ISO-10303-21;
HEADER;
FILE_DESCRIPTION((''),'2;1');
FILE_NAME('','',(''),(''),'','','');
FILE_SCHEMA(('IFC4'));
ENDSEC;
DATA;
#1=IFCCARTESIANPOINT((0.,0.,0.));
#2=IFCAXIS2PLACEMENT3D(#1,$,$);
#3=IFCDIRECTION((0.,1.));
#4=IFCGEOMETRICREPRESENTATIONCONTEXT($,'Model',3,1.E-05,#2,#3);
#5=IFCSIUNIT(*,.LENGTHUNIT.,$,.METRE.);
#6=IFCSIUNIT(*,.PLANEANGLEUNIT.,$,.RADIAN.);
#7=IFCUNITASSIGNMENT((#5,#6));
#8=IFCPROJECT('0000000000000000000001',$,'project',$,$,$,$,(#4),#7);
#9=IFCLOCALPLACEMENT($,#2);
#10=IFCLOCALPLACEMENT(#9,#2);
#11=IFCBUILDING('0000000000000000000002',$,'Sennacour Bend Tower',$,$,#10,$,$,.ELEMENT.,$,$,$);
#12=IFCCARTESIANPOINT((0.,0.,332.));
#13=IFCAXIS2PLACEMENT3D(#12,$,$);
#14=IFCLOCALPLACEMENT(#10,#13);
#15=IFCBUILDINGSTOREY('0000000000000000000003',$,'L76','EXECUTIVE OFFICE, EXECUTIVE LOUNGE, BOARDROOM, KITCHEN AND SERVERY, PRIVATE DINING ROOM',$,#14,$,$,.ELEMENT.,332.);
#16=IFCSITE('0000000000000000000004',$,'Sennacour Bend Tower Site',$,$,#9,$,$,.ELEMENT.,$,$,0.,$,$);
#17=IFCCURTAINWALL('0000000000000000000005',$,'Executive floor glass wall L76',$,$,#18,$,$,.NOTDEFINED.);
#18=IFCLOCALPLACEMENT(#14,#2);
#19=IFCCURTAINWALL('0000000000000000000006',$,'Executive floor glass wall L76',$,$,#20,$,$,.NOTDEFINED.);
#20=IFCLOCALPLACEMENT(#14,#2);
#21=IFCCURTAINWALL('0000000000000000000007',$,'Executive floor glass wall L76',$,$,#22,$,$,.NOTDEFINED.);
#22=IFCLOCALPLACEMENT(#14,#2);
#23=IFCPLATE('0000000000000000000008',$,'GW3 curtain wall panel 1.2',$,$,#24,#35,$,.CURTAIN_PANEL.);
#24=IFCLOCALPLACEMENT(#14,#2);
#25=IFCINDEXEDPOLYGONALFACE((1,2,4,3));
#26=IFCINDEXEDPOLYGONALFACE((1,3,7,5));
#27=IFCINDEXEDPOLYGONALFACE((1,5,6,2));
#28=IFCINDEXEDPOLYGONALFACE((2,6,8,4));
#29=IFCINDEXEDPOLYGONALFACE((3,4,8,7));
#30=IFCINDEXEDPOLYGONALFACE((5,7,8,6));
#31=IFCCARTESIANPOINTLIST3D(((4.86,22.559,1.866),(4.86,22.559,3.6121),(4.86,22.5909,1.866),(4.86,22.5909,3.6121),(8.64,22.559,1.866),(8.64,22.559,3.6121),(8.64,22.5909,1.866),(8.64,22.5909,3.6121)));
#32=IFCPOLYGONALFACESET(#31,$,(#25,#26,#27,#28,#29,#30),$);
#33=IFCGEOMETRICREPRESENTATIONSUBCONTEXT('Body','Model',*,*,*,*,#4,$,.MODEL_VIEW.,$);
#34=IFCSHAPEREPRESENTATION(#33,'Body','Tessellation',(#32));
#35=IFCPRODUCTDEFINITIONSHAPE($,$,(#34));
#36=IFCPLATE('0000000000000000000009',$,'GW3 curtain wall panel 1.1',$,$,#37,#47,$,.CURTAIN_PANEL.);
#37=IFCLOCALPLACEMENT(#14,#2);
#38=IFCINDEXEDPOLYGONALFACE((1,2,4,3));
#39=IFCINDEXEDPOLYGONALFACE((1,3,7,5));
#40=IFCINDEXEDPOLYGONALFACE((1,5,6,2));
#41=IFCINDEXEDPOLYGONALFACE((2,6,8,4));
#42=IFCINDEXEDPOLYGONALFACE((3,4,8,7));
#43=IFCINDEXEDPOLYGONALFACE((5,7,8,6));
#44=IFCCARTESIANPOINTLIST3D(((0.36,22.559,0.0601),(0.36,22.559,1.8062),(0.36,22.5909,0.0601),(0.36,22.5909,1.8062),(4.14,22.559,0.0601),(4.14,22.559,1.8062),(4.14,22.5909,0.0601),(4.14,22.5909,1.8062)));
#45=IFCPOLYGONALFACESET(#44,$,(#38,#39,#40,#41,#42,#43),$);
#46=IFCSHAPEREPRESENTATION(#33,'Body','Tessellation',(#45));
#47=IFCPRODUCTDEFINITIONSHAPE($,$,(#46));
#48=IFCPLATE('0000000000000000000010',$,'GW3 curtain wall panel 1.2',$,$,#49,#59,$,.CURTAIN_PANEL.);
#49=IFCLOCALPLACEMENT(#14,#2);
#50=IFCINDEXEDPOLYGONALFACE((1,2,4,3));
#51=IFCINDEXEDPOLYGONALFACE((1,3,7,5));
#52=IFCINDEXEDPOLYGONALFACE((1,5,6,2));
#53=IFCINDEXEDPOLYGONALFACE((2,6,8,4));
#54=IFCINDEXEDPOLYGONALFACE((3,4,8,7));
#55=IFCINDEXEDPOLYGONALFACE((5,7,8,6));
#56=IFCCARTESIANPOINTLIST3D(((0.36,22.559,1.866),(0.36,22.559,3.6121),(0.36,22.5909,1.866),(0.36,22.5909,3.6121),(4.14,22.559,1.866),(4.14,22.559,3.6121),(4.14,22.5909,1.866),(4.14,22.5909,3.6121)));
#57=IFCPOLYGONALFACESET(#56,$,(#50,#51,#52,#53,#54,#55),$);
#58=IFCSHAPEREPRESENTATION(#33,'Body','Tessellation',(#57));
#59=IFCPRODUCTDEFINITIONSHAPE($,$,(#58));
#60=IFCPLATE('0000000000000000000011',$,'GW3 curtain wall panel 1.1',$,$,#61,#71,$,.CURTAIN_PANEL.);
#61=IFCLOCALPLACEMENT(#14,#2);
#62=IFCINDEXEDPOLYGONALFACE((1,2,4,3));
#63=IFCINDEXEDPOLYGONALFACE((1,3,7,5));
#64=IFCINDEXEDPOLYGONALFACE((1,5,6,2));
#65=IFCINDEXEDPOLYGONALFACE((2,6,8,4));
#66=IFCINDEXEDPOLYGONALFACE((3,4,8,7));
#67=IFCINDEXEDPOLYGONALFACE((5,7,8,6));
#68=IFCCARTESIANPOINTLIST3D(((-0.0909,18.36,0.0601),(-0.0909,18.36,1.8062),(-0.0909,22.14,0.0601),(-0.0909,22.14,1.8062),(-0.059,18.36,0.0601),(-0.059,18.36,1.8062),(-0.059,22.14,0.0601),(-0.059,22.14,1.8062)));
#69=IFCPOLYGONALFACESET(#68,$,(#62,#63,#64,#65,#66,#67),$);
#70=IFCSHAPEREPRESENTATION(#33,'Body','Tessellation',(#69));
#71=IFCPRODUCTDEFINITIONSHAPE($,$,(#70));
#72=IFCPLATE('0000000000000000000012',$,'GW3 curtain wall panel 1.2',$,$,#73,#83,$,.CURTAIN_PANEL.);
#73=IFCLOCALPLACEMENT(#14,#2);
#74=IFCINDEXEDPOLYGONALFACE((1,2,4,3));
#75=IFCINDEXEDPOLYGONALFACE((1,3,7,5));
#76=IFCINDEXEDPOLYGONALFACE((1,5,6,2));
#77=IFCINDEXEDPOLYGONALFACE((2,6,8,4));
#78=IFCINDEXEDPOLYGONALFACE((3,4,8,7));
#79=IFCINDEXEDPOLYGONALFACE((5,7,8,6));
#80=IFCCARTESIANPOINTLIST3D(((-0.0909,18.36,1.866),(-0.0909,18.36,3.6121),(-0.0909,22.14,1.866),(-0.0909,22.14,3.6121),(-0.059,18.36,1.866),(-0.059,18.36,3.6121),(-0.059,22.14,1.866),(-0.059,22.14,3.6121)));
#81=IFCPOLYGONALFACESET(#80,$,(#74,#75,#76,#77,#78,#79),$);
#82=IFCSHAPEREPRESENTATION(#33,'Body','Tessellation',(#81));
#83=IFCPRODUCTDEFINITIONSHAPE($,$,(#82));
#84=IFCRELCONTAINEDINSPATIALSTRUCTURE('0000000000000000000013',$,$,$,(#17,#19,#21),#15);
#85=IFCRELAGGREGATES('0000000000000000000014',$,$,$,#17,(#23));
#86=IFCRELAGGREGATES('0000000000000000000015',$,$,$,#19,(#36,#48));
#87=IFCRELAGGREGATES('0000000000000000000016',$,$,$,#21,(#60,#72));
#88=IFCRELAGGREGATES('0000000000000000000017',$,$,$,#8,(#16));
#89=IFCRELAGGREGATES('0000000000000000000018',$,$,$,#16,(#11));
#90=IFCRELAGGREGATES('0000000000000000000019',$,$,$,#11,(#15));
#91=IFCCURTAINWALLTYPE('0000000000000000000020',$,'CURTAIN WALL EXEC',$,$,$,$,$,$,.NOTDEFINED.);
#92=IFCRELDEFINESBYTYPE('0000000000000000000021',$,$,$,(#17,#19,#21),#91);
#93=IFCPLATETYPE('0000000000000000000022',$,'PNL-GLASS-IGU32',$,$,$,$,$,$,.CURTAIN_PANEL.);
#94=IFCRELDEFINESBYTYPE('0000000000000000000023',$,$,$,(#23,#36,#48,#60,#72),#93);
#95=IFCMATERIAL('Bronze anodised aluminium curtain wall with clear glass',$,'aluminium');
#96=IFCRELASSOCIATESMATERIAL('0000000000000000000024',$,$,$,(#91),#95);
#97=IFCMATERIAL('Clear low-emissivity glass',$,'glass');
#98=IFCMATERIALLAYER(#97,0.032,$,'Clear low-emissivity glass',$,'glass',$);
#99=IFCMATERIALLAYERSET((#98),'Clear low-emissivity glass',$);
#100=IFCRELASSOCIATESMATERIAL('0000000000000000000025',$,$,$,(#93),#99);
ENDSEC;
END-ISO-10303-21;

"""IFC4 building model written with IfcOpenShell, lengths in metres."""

from ifc_helpers import new_model, si_unit, direction, frame, origin, origin_2d, place, context, subcontext, project, spatial, rectangle, extrude, material, layer, layer_set, type_object, element, aggregate, save


model = new_model("IFC4")

# Units and contexts
model_context = context("Model", 3, precision=1e-05, world=origin(), true_north=direction((0.0, 1.0)))
body_context = subcontext(model_context, "Body", "Model", "MODEL_VIEW")
ifc_project = project(units=[si_unit("LENGTHUNIT", "METRE"), si_unit("PLANEANGLEUNIT", "RADIAN")], contexts=[model_context])

# Site, building, storey
site_placement = place(None, origin())
site = spatial("IfcSite", under=ifc_project, at=site_placement, Name="Sennacour Bend Tower Site", CompositionType="ELEMENT", RefElevation=0.0)
building_placement = place(site_placement, origin())
building = spatial("IfcBuilding", under=site, at=building_placement, Name="Sennacour Bend Tower", CompositionType="ELEMENT")
storey_placement = place(building_placement, frame((0.0, 0.0, 332.0)))
storey = spatial("IfcBuildingStorey", under=building, at=storey_placement, Name="L76", Description="EXECUTIVE OFFICE, EXECUTIVE LOUNGE, BOARDROOM, KITCHEN AND SERVERY, PRIVATE DINING ROOM", CompositionType="ELEMENT", Elevation=332.0)

# Curtain wall
ifc_material_1 = material(Name="Bronze anodised aluminium curtain wall with clear glass", Category="aluminium")
curtain_wall_type = type_object("IfcCurtainWallType", Name="CURTAIN WALL EXEC", PredefinedType="NOTDEFINED", material=ifc_material_1)
curtain_wall_1_placement = place(storey_placement, origin())
curtain_wall_1 = element("IfcCurtainWall", 1, at=curtain_wall_1_placement, inside=storey, type_object=curtain_wall_type, Name="Executive floor glass wall L76", PredefinedType="NOTDEFINED")

# Curtain walls
curtain_wall_2_placement = place(storey_placement, origin())
curtain_wall_2 = element("IfcCurtainWall", 2, at=curtain_wall_2_placement, inside=storey, type_object=curtain_wall_type, Name="Executive floor glass wall L76", PredefinedType="NOTDEFINED")
curtain_wall_3_placement = place(storey_placement, origin())
curtain_wall_3 = element("IfcCurtainWall", 3, at=curtain_wall_3_placement, inside=storey, type_object=curtain_wall_type, Name="Executive floor glass wall L76", PredefinedType="NOTDEFINED")

# Plates
ifc_material_2 = material(Name="Clear low-emissivity glass", Category="glass")
ifc_layer = layer(ifc_material_2, 0.032, Name="Clear low-emissivity glass", Category="glass")
ifc_layer_set = layer_set([ifc_layer], Name="Clear low-emissivity glass")
plate_type = type_object("IfcPlateType", Name="PNL-GLASS-IGU32", PredefinedType="CURTAIN_PANEL", material=ifc_layer_set)
plate_1_placement = place(storey_placement, frame((6.75, 22.575, 1.866), z_axis=(0.0, 0.0, 1.0), x_axis=(-1.0, 0.0, 0.0)))
plate_1 = element("IfcPlate", 4, at=plate_1_placement, type_object=plate_type, Name="GW3 curtain wall panel 1.2", PredefinedType="CURTAIN_PANEL", context=body_context, shape_type="SweptSolid", body=[
    extrude(rectangle(XDim=3.78, YDim=0.032, at=origin_2d()), origin(), (0.0, 0.0, 1.0), 1.7461),
])
aggregate(curtain_wall_1, [plate_1])
plate_2_placement = place(storey_placement, frame((2.25, 22.575, 0.0601), z_axis=(0.0, 0.0, 1.0), x_axis=(-1.0, 0.0, 0.0)))
plate_2 = element("IfcPlate", 5, at=plate_2_placement, type_object=plate_type, Name="GW3 curtain wall panel 1.1", PredefinedType="CURTAIN_PANEL", context=body_context, shape_type="SweptSolid", body=[
    extrude(rectangle(XDim=3.78, YDim=0.032, at=origin_2d()), origin(), (0.0, 0.0, 1.0), 1.7461),
])
plate_3_placement = place(storey_placement, frame((2.25, 22.575, 1.866), z_axis=(0.0, 0.0, 1.0), x_axis=(-1.0, 0.0, 0.0)))
plate_3 = element("IfcPlate", 6, at=plate_3_placement, type_object=plate_type, Name="GW3 curtain wall panel 1.2", PredefinedType="CURTAIN_PANEL", context=body_context, shape_type="SweptSolid", body=[
    extrude(rectangle(XDim=3.78, YDim=0.032, at=origin_2d()), origin(), (0.0, 0.0, 1.0), 1.7461),
])
aggregate(curtain_wall_2, [plate_2, plate_3])
plate_4_placement = place(storey_placement, frame((-0.075, 20.25, 0.0601), z_axis=(0.0, 0.0, 1.0), x_axis=(0.0, -1.0, 0.0)))
plate_4 = element("IfcPlate", 7, at=plate_4_placement, type_object=plate_type, Name="GW3 curtain wall panel 1.1", PredefinedType="CURTAIN_PANEL", context=body_context, shape_type="SweptSolid", body=[
    extrude(rectangle(XDim=3.78, YDim=0.032, at=origin_2d()), origin(), (0.0, 0.0, 1.0), 1.7461),
])
plate_5_placement = place(storey_placement, frame((-0.075, 20.25, 1.866), z_axis=(0.0, 0.0, 1.0), x_axis=(0.0, -1.0, 0.0)))
plate_5 = element("IfcPlate", 8, at=plate_5_placement, type_object=plate_type, Name="GW3 curtain wall panel 1.2", PredefinedType="CURTAIN_PANEL", context=body_context, shape_type="SweptSolid", body=[
    extrude(rectangle(XDim=3.78, YDim=0.032, at=origin_2d()), origin(), (0.0, 0.0, 1.0), 1.7461),
])
aggregate(curtain_wall_3, [plate_4, plate_5])

save(model, "model.ifc")
